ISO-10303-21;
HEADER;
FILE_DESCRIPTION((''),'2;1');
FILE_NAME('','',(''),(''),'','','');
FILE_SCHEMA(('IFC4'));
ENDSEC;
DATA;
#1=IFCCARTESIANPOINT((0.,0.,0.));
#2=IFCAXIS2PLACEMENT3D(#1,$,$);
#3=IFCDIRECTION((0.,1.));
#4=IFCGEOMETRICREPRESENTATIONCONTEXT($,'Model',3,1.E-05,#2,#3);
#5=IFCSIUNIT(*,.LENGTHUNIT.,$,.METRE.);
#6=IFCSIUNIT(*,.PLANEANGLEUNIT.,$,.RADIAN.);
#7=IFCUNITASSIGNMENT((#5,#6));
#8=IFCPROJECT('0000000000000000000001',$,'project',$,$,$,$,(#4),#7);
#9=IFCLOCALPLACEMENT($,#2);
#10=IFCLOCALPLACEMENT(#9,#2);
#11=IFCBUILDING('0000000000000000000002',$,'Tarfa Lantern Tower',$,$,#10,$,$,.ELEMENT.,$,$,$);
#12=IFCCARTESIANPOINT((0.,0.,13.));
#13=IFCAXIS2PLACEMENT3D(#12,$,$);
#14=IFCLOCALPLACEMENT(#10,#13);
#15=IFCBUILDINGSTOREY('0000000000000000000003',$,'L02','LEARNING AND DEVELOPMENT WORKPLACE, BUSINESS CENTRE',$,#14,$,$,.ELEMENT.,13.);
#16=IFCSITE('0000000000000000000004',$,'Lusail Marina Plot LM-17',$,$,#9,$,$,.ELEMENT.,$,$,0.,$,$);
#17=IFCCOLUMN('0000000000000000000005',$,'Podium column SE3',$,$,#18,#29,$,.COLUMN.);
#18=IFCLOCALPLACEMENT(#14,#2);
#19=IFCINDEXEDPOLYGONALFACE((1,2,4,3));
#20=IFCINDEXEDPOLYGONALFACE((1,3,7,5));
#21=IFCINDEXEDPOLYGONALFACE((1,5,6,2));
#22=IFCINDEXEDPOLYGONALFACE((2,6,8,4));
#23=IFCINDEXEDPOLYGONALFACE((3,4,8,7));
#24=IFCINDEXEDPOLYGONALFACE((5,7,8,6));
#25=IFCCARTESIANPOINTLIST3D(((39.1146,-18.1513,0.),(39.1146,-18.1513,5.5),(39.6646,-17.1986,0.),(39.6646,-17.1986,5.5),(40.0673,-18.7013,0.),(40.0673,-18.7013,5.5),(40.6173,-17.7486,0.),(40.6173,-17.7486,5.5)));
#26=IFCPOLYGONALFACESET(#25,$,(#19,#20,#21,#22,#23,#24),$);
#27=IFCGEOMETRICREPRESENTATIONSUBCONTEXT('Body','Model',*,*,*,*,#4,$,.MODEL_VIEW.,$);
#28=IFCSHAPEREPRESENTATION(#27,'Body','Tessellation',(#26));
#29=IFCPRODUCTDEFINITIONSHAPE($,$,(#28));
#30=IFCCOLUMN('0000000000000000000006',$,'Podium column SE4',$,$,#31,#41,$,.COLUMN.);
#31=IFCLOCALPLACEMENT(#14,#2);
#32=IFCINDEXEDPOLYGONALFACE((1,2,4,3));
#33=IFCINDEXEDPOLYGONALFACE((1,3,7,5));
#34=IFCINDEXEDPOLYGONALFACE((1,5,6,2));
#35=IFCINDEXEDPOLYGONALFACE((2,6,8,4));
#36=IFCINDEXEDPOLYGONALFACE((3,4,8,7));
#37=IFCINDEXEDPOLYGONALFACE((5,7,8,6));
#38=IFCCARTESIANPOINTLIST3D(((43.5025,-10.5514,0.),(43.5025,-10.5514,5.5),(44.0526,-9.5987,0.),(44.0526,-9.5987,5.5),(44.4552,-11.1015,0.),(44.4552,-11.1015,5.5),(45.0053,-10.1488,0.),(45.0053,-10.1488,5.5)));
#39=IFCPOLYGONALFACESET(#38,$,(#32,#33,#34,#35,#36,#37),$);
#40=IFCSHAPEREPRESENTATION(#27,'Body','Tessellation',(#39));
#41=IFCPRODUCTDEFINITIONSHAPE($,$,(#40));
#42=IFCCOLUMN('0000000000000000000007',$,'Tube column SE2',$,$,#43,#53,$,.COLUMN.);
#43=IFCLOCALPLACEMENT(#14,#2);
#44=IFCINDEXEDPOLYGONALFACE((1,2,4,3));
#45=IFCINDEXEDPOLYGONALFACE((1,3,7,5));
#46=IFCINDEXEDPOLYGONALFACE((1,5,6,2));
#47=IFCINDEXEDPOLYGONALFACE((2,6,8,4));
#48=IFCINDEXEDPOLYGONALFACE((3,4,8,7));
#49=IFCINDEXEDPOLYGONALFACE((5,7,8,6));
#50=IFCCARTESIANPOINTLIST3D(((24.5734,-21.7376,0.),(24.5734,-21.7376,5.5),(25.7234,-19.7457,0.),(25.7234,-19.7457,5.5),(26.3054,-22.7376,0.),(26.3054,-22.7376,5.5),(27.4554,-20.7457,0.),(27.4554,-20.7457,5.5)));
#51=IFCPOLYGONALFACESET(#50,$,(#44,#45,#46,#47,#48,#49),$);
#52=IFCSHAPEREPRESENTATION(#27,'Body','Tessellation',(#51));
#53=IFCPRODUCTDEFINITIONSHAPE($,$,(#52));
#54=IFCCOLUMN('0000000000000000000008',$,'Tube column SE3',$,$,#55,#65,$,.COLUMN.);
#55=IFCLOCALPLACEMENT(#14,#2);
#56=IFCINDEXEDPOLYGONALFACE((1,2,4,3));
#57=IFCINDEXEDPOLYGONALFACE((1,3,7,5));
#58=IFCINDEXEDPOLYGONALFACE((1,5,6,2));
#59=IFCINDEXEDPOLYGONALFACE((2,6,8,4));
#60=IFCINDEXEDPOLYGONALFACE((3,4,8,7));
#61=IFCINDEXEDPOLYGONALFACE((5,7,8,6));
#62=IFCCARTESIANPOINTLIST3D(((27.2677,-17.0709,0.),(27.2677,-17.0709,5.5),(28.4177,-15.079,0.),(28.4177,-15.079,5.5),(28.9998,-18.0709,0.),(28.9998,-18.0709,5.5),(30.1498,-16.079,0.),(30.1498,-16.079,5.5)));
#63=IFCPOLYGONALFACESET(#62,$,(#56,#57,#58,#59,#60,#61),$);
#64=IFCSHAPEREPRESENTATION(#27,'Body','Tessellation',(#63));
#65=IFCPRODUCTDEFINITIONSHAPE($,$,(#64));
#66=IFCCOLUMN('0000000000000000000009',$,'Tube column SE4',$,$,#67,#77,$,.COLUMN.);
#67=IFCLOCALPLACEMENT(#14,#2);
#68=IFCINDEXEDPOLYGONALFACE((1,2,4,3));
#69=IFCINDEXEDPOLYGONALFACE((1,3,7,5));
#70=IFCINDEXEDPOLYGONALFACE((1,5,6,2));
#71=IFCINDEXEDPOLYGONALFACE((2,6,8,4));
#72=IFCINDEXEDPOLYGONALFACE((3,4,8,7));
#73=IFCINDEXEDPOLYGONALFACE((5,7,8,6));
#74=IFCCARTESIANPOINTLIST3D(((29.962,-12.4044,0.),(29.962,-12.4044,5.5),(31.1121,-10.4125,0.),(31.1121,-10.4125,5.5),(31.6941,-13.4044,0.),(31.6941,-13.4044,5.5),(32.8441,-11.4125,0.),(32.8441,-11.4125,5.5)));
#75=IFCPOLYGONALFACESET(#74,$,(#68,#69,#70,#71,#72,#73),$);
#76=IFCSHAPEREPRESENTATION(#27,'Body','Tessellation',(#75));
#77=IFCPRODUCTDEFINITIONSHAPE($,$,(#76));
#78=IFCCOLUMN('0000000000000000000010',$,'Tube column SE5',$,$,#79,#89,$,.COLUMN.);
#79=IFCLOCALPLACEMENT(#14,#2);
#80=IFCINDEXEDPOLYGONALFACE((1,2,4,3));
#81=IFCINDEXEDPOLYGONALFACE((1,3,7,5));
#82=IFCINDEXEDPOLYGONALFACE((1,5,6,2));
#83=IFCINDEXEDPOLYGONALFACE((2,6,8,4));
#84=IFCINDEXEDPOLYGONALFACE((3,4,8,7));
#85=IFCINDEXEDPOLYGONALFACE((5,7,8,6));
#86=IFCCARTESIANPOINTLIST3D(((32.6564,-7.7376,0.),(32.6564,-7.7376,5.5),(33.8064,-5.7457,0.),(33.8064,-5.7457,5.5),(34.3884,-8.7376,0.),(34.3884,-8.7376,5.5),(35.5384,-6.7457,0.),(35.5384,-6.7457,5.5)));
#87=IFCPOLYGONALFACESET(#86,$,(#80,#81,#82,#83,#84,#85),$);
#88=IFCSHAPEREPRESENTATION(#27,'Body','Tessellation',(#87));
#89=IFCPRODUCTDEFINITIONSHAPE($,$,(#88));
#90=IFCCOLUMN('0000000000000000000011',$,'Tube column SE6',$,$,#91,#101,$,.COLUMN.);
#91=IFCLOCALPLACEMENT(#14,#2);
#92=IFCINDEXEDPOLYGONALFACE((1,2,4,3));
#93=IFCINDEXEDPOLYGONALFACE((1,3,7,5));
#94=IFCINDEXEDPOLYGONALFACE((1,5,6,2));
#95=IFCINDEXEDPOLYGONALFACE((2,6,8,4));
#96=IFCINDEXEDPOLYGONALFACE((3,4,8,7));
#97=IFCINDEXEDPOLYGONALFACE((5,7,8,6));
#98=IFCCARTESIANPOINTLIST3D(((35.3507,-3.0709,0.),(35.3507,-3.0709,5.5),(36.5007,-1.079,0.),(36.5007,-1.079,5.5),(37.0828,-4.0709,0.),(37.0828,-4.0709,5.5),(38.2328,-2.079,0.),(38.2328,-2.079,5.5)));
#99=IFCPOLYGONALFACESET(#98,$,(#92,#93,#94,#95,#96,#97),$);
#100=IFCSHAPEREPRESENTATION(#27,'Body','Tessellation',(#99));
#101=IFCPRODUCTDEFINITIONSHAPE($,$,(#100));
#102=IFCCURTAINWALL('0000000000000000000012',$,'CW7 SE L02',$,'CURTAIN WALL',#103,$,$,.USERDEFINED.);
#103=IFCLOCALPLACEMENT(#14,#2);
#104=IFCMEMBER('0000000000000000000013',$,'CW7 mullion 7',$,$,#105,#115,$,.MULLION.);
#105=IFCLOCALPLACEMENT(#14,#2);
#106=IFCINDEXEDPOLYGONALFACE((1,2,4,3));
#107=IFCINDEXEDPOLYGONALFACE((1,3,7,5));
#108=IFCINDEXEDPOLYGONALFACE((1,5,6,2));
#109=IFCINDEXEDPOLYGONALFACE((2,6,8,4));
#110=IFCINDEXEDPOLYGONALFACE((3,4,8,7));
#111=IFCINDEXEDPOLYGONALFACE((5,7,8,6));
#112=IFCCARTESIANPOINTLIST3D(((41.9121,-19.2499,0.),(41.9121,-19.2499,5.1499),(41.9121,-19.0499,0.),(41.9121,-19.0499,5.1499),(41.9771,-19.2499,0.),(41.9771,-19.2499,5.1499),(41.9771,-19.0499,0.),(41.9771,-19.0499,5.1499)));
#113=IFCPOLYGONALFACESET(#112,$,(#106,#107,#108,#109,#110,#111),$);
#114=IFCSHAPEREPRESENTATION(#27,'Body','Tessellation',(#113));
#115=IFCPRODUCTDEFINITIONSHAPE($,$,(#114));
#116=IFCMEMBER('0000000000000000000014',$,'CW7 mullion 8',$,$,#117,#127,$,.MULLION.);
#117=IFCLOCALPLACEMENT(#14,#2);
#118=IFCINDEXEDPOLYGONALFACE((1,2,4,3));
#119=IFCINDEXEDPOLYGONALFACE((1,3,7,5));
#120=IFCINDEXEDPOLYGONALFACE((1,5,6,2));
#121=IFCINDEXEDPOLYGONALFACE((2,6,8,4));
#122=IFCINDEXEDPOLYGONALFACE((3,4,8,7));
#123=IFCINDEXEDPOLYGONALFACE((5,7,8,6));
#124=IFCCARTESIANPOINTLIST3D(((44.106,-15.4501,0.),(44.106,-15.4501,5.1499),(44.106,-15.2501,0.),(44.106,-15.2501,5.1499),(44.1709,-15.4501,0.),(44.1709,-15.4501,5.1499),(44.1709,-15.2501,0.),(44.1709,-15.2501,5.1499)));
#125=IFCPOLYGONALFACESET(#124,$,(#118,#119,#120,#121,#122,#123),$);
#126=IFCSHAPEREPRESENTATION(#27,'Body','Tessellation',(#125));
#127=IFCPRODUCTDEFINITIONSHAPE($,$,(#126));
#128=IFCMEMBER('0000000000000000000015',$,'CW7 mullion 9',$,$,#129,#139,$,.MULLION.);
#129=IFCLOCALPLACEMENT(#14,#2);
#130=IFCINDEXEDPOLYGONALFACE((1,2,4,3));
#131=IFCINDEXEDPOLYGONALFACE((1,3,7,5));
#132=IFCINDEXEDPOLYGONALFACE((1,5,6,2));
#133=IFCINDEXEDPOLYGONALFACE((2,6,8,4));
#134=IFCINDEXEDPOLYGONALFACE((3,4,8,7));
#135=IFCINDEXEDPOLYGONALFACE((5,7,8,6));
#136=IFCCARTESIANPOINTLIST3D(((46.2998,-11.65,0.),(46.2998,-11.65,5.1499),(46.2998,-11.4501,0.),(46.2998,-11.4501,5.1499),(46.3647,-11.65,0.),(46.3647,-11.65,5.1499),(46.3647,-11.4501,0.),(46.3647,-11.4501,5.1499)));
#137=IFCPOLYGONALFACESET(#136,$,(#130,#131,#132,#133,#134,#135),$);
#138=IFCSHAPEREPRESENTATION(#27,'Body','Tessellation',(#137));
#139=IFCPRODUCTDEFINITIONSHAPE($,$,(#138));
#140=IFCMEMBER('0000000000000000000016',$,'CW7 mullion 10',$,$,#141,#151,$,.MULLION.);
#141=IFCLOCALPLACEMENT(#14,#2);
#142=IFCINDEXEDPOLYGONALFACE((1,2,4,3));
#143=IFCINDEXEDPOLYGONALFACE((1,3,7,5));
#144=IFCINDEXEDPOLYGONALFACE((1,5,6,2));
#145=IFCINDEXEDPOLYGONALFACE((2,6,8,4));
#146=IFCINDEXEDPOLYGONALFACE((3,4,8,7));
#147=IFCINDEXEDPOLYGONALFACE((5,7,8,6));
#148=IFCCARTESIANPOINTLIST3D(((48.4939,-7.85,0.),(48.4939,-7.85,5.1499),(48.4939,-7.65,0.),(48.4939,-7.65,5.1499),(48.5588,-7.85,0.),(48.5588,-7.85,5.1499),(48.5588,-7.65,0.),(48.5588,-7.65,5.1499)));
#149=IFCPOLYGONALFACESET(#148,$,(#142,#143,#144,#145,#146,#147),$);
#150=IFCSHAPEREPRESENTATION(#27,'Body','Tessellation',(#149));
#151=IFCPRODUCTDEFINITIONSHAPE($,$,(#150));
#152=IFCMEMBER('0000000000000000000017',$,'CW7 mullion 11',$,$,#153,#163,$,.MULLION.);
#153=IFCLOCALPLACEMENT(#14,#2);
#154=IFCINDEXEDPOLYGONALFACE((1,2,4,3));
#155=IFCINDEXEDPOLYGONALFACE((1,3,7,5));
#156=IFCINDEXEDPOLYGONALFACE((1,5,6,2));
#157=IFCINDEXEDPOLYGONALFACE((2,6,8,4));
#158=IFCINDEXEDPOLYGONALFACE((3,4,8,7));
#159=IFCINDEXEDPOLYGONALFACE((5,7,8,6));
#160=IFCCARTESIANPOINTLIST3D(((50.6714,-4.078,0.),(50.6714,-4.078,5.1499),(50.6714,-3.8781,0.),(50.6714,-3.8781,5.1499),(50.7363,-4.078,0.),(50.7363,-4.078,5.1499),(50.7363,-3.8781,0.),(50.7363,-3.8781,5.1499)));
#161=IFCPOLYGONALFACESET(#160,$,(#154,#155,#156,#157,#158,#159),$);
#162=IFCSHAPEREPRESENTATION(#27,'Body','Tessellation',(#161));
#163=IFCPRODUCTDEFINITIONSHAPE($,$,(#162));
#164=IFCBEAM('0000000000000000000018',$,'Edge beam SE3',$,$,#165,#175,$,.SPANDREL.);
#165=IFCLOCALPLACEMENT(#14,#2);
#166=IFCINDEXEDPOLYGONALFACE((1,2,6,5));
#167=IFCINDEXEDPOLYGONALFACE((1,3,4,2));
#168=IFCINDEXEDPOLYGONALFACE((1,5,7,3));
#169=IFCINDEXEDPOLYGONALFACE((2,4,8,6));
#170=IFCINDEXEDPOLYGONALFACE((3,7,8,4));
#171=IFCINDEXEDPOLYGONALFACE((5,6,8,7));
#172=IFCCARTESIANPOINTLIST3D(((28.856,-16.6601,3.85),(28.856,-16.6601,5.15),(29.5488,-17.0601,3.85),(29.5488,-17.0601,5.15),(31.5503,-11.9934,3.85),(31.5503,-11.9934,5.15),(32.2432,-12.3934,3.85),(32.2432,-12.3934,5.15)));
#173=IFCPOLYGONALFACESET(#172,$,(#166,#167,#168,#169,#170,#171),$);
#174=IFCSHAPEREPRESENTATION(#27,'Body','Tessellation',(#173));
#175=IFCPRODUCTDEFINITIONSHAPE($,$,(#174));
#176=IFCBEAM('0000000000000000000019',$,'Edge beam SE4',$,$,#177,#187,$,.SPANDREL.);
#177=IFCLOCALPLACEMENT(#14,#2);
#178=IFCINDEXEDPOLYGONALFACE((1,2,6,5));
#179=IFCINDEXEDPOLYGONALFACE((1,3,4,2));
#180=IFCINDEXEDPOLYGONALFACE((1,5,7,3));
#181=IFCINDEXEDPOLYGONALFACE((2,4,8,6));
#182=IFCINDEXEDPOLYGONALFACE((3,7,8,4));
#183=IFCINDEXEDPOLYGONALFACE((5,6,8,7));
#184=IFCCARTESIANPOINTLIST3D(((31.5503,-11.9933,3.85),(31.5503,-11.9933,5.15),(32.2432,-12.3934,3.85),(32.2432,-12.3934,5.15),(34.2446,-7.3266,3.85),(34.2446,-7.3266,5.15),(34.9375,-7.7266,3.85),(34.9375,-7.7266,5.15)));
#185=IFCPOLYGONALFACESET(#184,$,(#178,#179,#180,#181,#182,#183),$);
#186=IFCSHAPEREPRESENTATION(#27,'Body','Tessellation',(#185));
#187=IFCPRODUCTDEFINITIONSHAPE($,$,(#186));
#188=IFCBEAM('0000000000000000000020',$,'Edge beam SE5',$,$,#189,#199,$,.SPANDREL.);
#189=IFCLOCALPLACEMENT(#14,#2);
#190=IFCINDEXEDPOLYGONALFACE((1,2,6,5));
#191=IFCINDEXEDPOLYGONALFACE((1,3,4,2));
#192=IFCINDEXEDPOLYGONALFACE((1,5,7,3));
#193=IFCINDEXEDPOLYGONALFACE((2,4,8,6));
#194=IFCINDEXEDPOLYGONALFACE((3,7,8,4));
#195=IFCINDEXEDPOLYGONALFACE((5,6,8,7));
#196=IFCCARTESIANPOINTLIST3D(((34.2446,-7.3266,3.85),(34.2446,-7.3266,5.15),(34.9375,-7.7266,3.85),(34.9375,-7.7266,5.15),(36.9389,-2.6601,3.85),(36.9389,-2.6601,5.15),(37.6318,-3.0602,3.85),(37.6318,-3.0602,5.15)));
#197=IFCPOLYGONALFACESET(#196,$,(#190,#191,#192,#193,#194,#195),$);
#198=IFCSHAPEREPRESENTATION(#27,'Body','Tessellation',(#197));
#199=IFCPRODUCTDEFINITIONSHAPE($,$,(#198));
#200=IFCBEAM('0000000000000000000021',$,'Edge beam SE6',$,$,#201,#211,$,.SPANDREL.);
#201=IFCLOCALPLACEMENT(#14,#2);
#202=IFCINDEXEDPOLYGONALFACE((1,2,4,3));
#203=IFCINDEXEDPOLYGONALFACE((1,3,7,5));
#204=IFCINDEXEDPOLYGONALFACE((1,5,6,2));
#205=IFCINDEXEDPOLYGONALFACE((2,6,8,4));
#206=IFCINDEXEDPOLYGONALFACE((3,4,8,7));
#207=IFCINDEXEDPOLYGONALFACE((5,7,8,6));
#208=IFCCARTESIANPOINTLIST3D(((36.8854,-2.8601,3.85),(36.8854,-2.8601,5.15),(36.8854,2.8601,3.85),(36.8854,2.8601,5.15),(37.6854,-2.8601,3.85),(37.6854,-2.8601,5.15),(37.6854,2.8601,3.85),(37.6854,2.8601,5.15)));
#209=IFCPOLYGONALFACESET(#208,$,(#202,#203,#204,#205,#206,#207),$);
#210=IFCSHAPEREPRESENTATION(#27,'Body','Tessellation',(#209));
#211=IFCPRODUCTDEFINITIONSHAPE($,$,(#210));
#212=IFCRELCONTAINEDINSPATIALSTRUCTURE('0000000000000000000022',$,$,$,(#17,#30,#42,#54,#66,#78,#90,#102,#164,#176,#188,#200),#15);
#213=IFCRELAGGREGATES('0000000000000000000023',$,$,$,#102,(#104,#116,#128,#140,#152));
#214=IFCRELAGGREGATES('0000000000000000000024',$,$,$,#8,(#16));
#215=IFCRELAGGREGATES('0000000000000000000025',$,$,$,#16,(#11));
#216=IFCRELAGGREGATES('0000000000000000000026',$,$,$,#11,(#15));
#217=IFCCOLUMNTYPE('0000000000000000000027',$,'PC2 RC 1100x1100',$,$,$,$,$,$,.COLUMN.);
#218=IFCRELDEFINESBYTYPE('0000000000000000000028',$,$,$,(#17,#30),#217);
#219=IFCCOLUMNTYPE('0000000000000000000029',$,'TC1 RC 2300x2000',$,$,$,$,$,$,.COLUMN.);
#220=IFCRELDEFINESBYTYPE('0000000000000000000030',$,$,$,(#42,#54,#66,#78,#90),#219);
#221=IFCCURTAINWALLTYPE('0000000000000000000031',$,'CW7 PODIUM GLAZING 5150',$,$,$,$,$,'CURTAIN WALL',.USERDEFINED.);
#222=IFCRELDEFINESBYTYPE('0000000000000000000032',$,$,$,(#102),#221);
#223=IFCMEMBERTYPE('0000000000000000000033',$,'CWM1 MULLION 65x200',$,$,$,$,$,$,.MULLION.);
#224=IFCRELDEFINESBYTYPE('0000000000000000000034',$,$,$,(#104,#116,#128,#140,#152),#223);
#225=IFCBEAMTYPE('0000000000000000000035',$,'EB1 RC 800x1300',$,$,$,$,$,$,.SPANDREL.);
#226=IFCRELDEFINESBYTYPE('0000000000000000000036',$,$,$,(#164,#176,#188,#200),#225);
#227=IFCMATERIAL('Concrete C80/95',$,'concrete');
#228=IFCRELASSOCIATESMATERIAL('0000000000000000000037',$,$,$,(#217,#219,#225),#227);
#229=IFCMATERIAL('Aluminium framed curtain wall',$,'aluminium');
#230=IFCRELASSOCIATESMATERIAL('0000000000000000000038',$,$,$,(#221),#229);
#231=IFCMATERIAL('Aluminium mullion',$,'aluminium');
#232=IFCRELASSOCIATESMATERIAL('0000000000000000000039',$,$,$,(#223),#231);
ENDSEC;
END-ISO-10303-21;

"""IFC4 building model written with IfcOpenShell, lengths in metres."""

from ifc_helpers import new_model, si_unit, direction, frame, origin, origin_2d, place, context, subcontext, project, spatial, rectangle, extrude, material, material_profile, profile_set, type_object, element, aggregate, save


model = new_model("IFC4")

# Units and contexts
model_context = context("Model", 3, precision=1e-05, world=origin(), true_north=direction((0.0, 1.0)))
body_context = subcontext(model_context, "Body", "Model", "MODEL_VIEW")
ifc_project = project(units=[si_unit("LENGTHUNIT", "METRE"), si_unit("PLANEANGLEUNIT", "RADIAN")], contexts=[model_context])

# Site, building, storey
site_placement = place(None, origin())
site = spatial("IfcSite", under=ifc_project, at=site_placement, Name="Lusail Marina Plot LM-17", CompositionType="ELEMENT", RefElevation=0.0)
building_placement = place(site_placement, origin())
building = spatial("IfcBuilding", under=site, at=building_placement, Name="Tarfa Lantern Tower", CompositionType="ELEMENT")
storey_placement = place(building_placement, frame((0.0, 0.0, 13.0)))
storey = spatial("IfcBuildingStorey", under=building, at=storey_placement, Name="L02", Description="LEARNING AND DEVELOPMENT WORKPLACE, BUSINESS CENTRE", CompositionType="ELEMENT", Elevation=13.0)

# Columns
ifc_material_1 = material(Name="Concrete C80/95", Category="concrete")
ifc_material_profile_1 = material_profile(ifc_material_1, rectangle(XDim=1.1001, YDim=1.1001, at=origin_2d()), Name="RC 1100x1100")
ifc_profile_set_1 = profile_set([ifc_material_profile_1], Name="Concrete C80/95")
column_type_1 = type_object("IfcColumnType", Name="PC2 RC 1100x1100", PredefinedType="COLUMN", material=ifc_profile_set_1)
for number, where, z_axis, x_axis, name in (
    (1, (39.866, -17.95, 0.0), (0.0, 0.0, 1.0), (0.5, 0.866025, 0.0), "Podium column SE3"),
    (2, (44.2539, -10.3501, 0.0), (0.0, 0.0, 1.0), (0.5, 0.866025, 0.0), "Podium column SE4"),
):
    element("IfcColumn", number, at=place(storey_placement, frame(where, z_axis=z_axis, x_axis=x_axis)), inside=storey, type_object=column_type_1, Name=name, PredefinedType="COLUMN", context=body_context, shape_type="SweptSolid", body=[
        extrude(rectangle(XDim=1.1001, YDim=1.1001, at=origin_2d()), origin(), (0.0, 0.0, 1.0), 5.5),
    ])
ifc_material_profile_2 = material_profile(ifc_material_1, rectangle(XDim=2.3, YDim=2.0, at=origin_2d()), Name="RC 2300x2000")
ifc_profile_set_2 = profile_set([ifc_material_profile_2], Name="Concrete C80/95")
column_type_2 = type_object("IfcColumnType", Name="TC1 RC 2300x2000", PredefinedType="COLUMN", material=ifc_profile_set_2)
for number, where, z_axis, x_axis, name in (
    (3, (26.0144, -21.2417, 0.0), (0.0, 0.0, 1.0), (0.5, 0.866025, 0.0), "Tube column SE2"),
    (4, (28.7087, -16.575, 0.0), (0.0, 0.0, 1.0), (0.5, 0.866025, 0.0), "Tube column SE3"),
    (5, (31.4031, -11.9084, 0.0), (0.0, 0.0, 1.0), (0.5, 0.866025, 0.0), "Tube column SE4"),
    (6, (34.0974, -7.2417, 0.0), (0.0, 0.0, 1.0), (0.5, 0.866025, 0.0), "Tube column SE5"),
    (7, (36.7917, -2.575, 0.0), (0.0, 0.0, 1.0), (0.5, 0.866025, 0.0), "Tube column SE6"),
):
    element("IfcColumn", number, at=place(storey_placement, frame(where, z_axis=z_axis, x_axis=x_axis)), inside=storey, type_object=column_type_2, Name=name, PredefinedType="COLUMN", context=body_context, shape_type="SweptSolid", body=[
        extrude(rectangle(XDim=2.3, YDim=2.0, at=origin_2d()), origin(), (0.0, 0.0, 1.0), 5.5),
    ])

# Curtain wall, members
ifc_material_2 = material(Name="Aluminium framed curtain wall", Category="aluminium")
curtain_wall_type = type_object("IfcCurtainWallType", Name="CW7 PODIUM GLAZING 5150", ElementType="CURTAIN WALL", PredefinedType="USERDEFINED", material=ifc_material_2)
curtain_wall_placement = place(storey_placement, origin())
curtain_wall = element("IfcCurtainWall", 8, at=curtain_wall_placement, inside=storey, type_object=curtain_wall_type, Name="CW7 SE L02", ObjectType="CURTAIN WALL", PredefinedType="USERDEFINED")
ifc_material_3 = material(Name="Aluminium mullion", Category="aluminium")
ifc_material_profile_3 = material_profile(ifc_material_3, rectangle(XDim=0.0649, YDim=0.2, at=origin_2d()), Name="AL MULLION 65x200")
ifc_profile_set_3 = profile_set([ifc_material_profile_3], Name="Aluminium mullion")
member_type = type_object("IfcMemberType", Name="CWM1 MULLION 65x200", PredefinedType="MULLION", material=ifc_profile_set_3)
member_1_placement = place(storey_placement, frame((41.9446, -19.1499, 0.0), z_axis=(0.0, 0.0, 1.0), x_axis=(1.0, 0.0, 0.0)))
member_1 = element("IfcMember", 9, at=member_1_placement, type_object=member_type, Name="CW7 mullion 7", PredefinedType="MULLION", context=body_context, shape_type="SweptSolid", body=[
    extrude(rectangle(XDim=0.0649, YDim=0.2, at=origin_2d()), origin(), (0.0, 0.0, 1.0), 5.1499),
])
member_2_placement = place(storey_placement, frame((44.1384, -15.3501, 0.0), z_axis=(0.0, 0.0, 1.0), x_axis=(1.0, 0.0, 0.0)))
member_2 = element("IfcMember", 10, at=member_2_placement, type_object=member_type, Name="CW7 mullion 8", PredefinedType="MULLION", context=body_context, shape_type="SweptSolid", body=[
    extrude(rectangle(XDim=0.0649, YDim=0.2, at=origin_2d()), origin(), (0.0, 0.0, 1.0), 5.1499),
])
member_3_placement = place(storey_placement, frame((46.3323, -11.55, 0.0), z_axis=(0.0, 0.0, 1.0), x_axis=(1.0, 0.0, 0.0)))
member_3 = element("IfcMember", 11, at=member_3_placement, type_object=member_type, Name="CW7 mullion 9", PredefinedType="MULLION", context=body_context, shape_type="SweptSolid", body=[
    extrude(rectangle(XDim=0.0649, YDim=0.2, at=origin_2d()), origin(), (0.0, 0.0, 1.0), 5.1499),
])
member_4_placement = place(storey_placement, frame((48.5264, -7.75, 0.0), z_axis=(0.0, 0.0, 1.0), x_axis=(1.0, 0.0, 0.0)))
member_4 = element("IfcMember", 12, at=member_4_placement, type_object=member_type, Name="CW7 mullion 10", PredefinedType="MULLION", context=body_context, shape_type="SweptSolid", body=[
    extrude(rectangle(XDim=0.0649, YDim=0.2, at=origin_2d()), origin(), (0.0, 0.0, 1.0), 5.1499),
])
member_5_placement = place(storey_placement, frame((50.7039, -3.978, 0.0), z_axis=(0.0, 0.0, 1.0), x_axis=(1.0, 0.0, 0.0)))
member_5 = element("IfcMember", 13, at=member_5_placement, type_object=member_type, Name="CW7 mullion 11", PredefinedType="MULLION", context=body_context, shape_type="SweptSolid", body=[
    extrude(rectangle(XDim=0.0649, YDim=0.2, at=origin_2d()), origin(), (0.0, 0.0, 1.0), 5.1499),
])

# Beams
ifc_material_profile_4 = material_profile(ifc_material_1, rectangle(XDim=0.8, YDim=1.3, at=origin_2d()), Name="RC 800x1300")
ifc_profile_set_4 = profile_set([ifc_material_profile_4], Name="Concrete C80/95")
beam_type_1 = type_object("IfcBeamType", Name="EB1 RC 800x1300", PredefinedType="SPANDREL", material=ifc_profile_set_4)
for number, where, z_axis, x_axis, name in (
    (14, (29.2024, -16.8601, 4.5), (0.499998, 0.866026, 0.0), (-0.866026, 0.499998, 0.0), "Edge beam SE3"),
    (15, (31.8967, -12.1934, 4.5), (0.499998, 0.866026, 0.0), (-0.866026, 0.499998, 0.0), "Edge beam SE4"),
):
    element("IfcBeam", number, at=place(storey_placement, frame(where, z_axis=z_axis, x_axis=x_axis)), inside=storey, type_object=beam_type_1, Name=name, PredefinedType="SPANDREL", context=body_context, shape_type="SweptSolid", body=[
        extrude(rectangle(XDim=0.8, YDim=1.3, at=origin_2d()), origin(), (0.0, 0.0, 1.0), 5.3887),
    ])
beam_1_placement = place(storey_placement, frame((34.5911, -7.5266, 4.5), z_axis=(0.500018, 0.866015, 0.0), x_axis=(-0.866015, 0.500018, 0.0)))
element("IfcBeam", 16, at=beam_1_placement, inside=storey, type_object=beam_type_1, Name="Edge beam SE5", PredefinedType="SPANDREL", context=body_context, shape_type="SweptSolid", body=[
    extrude(rectangle(XDim=0.8, YDim=1.3, at=origin_2d()), origin(), (0.0, 0.0, 1.0), 5.3884),
])
beam_2_placement = place(storey_placement, frame((37.2854, -2.8601, 4.5), z_axis=(0.0, 1.0, 0.0), x_axis=(-1.0, 0.0, 0.0)))
element("IfcBeam", 17, at=beam_2_placement, inside=storey, type_object=beam_type_1, Name="Edge beam SE6", PredefinedType="SPANDREL", context=body_context, shape_type="SweptSolid", body=[
    extrude(rectangle(XDim=0.8, YDim=1.3, at=origin_2d()), origin(), (0.0, 0.0, 1.0), 5.7202),
])

aggregate(curtain_wall, [member_1, member_2, member_3, member_4, member_5])

save(model, "model.ifc")
